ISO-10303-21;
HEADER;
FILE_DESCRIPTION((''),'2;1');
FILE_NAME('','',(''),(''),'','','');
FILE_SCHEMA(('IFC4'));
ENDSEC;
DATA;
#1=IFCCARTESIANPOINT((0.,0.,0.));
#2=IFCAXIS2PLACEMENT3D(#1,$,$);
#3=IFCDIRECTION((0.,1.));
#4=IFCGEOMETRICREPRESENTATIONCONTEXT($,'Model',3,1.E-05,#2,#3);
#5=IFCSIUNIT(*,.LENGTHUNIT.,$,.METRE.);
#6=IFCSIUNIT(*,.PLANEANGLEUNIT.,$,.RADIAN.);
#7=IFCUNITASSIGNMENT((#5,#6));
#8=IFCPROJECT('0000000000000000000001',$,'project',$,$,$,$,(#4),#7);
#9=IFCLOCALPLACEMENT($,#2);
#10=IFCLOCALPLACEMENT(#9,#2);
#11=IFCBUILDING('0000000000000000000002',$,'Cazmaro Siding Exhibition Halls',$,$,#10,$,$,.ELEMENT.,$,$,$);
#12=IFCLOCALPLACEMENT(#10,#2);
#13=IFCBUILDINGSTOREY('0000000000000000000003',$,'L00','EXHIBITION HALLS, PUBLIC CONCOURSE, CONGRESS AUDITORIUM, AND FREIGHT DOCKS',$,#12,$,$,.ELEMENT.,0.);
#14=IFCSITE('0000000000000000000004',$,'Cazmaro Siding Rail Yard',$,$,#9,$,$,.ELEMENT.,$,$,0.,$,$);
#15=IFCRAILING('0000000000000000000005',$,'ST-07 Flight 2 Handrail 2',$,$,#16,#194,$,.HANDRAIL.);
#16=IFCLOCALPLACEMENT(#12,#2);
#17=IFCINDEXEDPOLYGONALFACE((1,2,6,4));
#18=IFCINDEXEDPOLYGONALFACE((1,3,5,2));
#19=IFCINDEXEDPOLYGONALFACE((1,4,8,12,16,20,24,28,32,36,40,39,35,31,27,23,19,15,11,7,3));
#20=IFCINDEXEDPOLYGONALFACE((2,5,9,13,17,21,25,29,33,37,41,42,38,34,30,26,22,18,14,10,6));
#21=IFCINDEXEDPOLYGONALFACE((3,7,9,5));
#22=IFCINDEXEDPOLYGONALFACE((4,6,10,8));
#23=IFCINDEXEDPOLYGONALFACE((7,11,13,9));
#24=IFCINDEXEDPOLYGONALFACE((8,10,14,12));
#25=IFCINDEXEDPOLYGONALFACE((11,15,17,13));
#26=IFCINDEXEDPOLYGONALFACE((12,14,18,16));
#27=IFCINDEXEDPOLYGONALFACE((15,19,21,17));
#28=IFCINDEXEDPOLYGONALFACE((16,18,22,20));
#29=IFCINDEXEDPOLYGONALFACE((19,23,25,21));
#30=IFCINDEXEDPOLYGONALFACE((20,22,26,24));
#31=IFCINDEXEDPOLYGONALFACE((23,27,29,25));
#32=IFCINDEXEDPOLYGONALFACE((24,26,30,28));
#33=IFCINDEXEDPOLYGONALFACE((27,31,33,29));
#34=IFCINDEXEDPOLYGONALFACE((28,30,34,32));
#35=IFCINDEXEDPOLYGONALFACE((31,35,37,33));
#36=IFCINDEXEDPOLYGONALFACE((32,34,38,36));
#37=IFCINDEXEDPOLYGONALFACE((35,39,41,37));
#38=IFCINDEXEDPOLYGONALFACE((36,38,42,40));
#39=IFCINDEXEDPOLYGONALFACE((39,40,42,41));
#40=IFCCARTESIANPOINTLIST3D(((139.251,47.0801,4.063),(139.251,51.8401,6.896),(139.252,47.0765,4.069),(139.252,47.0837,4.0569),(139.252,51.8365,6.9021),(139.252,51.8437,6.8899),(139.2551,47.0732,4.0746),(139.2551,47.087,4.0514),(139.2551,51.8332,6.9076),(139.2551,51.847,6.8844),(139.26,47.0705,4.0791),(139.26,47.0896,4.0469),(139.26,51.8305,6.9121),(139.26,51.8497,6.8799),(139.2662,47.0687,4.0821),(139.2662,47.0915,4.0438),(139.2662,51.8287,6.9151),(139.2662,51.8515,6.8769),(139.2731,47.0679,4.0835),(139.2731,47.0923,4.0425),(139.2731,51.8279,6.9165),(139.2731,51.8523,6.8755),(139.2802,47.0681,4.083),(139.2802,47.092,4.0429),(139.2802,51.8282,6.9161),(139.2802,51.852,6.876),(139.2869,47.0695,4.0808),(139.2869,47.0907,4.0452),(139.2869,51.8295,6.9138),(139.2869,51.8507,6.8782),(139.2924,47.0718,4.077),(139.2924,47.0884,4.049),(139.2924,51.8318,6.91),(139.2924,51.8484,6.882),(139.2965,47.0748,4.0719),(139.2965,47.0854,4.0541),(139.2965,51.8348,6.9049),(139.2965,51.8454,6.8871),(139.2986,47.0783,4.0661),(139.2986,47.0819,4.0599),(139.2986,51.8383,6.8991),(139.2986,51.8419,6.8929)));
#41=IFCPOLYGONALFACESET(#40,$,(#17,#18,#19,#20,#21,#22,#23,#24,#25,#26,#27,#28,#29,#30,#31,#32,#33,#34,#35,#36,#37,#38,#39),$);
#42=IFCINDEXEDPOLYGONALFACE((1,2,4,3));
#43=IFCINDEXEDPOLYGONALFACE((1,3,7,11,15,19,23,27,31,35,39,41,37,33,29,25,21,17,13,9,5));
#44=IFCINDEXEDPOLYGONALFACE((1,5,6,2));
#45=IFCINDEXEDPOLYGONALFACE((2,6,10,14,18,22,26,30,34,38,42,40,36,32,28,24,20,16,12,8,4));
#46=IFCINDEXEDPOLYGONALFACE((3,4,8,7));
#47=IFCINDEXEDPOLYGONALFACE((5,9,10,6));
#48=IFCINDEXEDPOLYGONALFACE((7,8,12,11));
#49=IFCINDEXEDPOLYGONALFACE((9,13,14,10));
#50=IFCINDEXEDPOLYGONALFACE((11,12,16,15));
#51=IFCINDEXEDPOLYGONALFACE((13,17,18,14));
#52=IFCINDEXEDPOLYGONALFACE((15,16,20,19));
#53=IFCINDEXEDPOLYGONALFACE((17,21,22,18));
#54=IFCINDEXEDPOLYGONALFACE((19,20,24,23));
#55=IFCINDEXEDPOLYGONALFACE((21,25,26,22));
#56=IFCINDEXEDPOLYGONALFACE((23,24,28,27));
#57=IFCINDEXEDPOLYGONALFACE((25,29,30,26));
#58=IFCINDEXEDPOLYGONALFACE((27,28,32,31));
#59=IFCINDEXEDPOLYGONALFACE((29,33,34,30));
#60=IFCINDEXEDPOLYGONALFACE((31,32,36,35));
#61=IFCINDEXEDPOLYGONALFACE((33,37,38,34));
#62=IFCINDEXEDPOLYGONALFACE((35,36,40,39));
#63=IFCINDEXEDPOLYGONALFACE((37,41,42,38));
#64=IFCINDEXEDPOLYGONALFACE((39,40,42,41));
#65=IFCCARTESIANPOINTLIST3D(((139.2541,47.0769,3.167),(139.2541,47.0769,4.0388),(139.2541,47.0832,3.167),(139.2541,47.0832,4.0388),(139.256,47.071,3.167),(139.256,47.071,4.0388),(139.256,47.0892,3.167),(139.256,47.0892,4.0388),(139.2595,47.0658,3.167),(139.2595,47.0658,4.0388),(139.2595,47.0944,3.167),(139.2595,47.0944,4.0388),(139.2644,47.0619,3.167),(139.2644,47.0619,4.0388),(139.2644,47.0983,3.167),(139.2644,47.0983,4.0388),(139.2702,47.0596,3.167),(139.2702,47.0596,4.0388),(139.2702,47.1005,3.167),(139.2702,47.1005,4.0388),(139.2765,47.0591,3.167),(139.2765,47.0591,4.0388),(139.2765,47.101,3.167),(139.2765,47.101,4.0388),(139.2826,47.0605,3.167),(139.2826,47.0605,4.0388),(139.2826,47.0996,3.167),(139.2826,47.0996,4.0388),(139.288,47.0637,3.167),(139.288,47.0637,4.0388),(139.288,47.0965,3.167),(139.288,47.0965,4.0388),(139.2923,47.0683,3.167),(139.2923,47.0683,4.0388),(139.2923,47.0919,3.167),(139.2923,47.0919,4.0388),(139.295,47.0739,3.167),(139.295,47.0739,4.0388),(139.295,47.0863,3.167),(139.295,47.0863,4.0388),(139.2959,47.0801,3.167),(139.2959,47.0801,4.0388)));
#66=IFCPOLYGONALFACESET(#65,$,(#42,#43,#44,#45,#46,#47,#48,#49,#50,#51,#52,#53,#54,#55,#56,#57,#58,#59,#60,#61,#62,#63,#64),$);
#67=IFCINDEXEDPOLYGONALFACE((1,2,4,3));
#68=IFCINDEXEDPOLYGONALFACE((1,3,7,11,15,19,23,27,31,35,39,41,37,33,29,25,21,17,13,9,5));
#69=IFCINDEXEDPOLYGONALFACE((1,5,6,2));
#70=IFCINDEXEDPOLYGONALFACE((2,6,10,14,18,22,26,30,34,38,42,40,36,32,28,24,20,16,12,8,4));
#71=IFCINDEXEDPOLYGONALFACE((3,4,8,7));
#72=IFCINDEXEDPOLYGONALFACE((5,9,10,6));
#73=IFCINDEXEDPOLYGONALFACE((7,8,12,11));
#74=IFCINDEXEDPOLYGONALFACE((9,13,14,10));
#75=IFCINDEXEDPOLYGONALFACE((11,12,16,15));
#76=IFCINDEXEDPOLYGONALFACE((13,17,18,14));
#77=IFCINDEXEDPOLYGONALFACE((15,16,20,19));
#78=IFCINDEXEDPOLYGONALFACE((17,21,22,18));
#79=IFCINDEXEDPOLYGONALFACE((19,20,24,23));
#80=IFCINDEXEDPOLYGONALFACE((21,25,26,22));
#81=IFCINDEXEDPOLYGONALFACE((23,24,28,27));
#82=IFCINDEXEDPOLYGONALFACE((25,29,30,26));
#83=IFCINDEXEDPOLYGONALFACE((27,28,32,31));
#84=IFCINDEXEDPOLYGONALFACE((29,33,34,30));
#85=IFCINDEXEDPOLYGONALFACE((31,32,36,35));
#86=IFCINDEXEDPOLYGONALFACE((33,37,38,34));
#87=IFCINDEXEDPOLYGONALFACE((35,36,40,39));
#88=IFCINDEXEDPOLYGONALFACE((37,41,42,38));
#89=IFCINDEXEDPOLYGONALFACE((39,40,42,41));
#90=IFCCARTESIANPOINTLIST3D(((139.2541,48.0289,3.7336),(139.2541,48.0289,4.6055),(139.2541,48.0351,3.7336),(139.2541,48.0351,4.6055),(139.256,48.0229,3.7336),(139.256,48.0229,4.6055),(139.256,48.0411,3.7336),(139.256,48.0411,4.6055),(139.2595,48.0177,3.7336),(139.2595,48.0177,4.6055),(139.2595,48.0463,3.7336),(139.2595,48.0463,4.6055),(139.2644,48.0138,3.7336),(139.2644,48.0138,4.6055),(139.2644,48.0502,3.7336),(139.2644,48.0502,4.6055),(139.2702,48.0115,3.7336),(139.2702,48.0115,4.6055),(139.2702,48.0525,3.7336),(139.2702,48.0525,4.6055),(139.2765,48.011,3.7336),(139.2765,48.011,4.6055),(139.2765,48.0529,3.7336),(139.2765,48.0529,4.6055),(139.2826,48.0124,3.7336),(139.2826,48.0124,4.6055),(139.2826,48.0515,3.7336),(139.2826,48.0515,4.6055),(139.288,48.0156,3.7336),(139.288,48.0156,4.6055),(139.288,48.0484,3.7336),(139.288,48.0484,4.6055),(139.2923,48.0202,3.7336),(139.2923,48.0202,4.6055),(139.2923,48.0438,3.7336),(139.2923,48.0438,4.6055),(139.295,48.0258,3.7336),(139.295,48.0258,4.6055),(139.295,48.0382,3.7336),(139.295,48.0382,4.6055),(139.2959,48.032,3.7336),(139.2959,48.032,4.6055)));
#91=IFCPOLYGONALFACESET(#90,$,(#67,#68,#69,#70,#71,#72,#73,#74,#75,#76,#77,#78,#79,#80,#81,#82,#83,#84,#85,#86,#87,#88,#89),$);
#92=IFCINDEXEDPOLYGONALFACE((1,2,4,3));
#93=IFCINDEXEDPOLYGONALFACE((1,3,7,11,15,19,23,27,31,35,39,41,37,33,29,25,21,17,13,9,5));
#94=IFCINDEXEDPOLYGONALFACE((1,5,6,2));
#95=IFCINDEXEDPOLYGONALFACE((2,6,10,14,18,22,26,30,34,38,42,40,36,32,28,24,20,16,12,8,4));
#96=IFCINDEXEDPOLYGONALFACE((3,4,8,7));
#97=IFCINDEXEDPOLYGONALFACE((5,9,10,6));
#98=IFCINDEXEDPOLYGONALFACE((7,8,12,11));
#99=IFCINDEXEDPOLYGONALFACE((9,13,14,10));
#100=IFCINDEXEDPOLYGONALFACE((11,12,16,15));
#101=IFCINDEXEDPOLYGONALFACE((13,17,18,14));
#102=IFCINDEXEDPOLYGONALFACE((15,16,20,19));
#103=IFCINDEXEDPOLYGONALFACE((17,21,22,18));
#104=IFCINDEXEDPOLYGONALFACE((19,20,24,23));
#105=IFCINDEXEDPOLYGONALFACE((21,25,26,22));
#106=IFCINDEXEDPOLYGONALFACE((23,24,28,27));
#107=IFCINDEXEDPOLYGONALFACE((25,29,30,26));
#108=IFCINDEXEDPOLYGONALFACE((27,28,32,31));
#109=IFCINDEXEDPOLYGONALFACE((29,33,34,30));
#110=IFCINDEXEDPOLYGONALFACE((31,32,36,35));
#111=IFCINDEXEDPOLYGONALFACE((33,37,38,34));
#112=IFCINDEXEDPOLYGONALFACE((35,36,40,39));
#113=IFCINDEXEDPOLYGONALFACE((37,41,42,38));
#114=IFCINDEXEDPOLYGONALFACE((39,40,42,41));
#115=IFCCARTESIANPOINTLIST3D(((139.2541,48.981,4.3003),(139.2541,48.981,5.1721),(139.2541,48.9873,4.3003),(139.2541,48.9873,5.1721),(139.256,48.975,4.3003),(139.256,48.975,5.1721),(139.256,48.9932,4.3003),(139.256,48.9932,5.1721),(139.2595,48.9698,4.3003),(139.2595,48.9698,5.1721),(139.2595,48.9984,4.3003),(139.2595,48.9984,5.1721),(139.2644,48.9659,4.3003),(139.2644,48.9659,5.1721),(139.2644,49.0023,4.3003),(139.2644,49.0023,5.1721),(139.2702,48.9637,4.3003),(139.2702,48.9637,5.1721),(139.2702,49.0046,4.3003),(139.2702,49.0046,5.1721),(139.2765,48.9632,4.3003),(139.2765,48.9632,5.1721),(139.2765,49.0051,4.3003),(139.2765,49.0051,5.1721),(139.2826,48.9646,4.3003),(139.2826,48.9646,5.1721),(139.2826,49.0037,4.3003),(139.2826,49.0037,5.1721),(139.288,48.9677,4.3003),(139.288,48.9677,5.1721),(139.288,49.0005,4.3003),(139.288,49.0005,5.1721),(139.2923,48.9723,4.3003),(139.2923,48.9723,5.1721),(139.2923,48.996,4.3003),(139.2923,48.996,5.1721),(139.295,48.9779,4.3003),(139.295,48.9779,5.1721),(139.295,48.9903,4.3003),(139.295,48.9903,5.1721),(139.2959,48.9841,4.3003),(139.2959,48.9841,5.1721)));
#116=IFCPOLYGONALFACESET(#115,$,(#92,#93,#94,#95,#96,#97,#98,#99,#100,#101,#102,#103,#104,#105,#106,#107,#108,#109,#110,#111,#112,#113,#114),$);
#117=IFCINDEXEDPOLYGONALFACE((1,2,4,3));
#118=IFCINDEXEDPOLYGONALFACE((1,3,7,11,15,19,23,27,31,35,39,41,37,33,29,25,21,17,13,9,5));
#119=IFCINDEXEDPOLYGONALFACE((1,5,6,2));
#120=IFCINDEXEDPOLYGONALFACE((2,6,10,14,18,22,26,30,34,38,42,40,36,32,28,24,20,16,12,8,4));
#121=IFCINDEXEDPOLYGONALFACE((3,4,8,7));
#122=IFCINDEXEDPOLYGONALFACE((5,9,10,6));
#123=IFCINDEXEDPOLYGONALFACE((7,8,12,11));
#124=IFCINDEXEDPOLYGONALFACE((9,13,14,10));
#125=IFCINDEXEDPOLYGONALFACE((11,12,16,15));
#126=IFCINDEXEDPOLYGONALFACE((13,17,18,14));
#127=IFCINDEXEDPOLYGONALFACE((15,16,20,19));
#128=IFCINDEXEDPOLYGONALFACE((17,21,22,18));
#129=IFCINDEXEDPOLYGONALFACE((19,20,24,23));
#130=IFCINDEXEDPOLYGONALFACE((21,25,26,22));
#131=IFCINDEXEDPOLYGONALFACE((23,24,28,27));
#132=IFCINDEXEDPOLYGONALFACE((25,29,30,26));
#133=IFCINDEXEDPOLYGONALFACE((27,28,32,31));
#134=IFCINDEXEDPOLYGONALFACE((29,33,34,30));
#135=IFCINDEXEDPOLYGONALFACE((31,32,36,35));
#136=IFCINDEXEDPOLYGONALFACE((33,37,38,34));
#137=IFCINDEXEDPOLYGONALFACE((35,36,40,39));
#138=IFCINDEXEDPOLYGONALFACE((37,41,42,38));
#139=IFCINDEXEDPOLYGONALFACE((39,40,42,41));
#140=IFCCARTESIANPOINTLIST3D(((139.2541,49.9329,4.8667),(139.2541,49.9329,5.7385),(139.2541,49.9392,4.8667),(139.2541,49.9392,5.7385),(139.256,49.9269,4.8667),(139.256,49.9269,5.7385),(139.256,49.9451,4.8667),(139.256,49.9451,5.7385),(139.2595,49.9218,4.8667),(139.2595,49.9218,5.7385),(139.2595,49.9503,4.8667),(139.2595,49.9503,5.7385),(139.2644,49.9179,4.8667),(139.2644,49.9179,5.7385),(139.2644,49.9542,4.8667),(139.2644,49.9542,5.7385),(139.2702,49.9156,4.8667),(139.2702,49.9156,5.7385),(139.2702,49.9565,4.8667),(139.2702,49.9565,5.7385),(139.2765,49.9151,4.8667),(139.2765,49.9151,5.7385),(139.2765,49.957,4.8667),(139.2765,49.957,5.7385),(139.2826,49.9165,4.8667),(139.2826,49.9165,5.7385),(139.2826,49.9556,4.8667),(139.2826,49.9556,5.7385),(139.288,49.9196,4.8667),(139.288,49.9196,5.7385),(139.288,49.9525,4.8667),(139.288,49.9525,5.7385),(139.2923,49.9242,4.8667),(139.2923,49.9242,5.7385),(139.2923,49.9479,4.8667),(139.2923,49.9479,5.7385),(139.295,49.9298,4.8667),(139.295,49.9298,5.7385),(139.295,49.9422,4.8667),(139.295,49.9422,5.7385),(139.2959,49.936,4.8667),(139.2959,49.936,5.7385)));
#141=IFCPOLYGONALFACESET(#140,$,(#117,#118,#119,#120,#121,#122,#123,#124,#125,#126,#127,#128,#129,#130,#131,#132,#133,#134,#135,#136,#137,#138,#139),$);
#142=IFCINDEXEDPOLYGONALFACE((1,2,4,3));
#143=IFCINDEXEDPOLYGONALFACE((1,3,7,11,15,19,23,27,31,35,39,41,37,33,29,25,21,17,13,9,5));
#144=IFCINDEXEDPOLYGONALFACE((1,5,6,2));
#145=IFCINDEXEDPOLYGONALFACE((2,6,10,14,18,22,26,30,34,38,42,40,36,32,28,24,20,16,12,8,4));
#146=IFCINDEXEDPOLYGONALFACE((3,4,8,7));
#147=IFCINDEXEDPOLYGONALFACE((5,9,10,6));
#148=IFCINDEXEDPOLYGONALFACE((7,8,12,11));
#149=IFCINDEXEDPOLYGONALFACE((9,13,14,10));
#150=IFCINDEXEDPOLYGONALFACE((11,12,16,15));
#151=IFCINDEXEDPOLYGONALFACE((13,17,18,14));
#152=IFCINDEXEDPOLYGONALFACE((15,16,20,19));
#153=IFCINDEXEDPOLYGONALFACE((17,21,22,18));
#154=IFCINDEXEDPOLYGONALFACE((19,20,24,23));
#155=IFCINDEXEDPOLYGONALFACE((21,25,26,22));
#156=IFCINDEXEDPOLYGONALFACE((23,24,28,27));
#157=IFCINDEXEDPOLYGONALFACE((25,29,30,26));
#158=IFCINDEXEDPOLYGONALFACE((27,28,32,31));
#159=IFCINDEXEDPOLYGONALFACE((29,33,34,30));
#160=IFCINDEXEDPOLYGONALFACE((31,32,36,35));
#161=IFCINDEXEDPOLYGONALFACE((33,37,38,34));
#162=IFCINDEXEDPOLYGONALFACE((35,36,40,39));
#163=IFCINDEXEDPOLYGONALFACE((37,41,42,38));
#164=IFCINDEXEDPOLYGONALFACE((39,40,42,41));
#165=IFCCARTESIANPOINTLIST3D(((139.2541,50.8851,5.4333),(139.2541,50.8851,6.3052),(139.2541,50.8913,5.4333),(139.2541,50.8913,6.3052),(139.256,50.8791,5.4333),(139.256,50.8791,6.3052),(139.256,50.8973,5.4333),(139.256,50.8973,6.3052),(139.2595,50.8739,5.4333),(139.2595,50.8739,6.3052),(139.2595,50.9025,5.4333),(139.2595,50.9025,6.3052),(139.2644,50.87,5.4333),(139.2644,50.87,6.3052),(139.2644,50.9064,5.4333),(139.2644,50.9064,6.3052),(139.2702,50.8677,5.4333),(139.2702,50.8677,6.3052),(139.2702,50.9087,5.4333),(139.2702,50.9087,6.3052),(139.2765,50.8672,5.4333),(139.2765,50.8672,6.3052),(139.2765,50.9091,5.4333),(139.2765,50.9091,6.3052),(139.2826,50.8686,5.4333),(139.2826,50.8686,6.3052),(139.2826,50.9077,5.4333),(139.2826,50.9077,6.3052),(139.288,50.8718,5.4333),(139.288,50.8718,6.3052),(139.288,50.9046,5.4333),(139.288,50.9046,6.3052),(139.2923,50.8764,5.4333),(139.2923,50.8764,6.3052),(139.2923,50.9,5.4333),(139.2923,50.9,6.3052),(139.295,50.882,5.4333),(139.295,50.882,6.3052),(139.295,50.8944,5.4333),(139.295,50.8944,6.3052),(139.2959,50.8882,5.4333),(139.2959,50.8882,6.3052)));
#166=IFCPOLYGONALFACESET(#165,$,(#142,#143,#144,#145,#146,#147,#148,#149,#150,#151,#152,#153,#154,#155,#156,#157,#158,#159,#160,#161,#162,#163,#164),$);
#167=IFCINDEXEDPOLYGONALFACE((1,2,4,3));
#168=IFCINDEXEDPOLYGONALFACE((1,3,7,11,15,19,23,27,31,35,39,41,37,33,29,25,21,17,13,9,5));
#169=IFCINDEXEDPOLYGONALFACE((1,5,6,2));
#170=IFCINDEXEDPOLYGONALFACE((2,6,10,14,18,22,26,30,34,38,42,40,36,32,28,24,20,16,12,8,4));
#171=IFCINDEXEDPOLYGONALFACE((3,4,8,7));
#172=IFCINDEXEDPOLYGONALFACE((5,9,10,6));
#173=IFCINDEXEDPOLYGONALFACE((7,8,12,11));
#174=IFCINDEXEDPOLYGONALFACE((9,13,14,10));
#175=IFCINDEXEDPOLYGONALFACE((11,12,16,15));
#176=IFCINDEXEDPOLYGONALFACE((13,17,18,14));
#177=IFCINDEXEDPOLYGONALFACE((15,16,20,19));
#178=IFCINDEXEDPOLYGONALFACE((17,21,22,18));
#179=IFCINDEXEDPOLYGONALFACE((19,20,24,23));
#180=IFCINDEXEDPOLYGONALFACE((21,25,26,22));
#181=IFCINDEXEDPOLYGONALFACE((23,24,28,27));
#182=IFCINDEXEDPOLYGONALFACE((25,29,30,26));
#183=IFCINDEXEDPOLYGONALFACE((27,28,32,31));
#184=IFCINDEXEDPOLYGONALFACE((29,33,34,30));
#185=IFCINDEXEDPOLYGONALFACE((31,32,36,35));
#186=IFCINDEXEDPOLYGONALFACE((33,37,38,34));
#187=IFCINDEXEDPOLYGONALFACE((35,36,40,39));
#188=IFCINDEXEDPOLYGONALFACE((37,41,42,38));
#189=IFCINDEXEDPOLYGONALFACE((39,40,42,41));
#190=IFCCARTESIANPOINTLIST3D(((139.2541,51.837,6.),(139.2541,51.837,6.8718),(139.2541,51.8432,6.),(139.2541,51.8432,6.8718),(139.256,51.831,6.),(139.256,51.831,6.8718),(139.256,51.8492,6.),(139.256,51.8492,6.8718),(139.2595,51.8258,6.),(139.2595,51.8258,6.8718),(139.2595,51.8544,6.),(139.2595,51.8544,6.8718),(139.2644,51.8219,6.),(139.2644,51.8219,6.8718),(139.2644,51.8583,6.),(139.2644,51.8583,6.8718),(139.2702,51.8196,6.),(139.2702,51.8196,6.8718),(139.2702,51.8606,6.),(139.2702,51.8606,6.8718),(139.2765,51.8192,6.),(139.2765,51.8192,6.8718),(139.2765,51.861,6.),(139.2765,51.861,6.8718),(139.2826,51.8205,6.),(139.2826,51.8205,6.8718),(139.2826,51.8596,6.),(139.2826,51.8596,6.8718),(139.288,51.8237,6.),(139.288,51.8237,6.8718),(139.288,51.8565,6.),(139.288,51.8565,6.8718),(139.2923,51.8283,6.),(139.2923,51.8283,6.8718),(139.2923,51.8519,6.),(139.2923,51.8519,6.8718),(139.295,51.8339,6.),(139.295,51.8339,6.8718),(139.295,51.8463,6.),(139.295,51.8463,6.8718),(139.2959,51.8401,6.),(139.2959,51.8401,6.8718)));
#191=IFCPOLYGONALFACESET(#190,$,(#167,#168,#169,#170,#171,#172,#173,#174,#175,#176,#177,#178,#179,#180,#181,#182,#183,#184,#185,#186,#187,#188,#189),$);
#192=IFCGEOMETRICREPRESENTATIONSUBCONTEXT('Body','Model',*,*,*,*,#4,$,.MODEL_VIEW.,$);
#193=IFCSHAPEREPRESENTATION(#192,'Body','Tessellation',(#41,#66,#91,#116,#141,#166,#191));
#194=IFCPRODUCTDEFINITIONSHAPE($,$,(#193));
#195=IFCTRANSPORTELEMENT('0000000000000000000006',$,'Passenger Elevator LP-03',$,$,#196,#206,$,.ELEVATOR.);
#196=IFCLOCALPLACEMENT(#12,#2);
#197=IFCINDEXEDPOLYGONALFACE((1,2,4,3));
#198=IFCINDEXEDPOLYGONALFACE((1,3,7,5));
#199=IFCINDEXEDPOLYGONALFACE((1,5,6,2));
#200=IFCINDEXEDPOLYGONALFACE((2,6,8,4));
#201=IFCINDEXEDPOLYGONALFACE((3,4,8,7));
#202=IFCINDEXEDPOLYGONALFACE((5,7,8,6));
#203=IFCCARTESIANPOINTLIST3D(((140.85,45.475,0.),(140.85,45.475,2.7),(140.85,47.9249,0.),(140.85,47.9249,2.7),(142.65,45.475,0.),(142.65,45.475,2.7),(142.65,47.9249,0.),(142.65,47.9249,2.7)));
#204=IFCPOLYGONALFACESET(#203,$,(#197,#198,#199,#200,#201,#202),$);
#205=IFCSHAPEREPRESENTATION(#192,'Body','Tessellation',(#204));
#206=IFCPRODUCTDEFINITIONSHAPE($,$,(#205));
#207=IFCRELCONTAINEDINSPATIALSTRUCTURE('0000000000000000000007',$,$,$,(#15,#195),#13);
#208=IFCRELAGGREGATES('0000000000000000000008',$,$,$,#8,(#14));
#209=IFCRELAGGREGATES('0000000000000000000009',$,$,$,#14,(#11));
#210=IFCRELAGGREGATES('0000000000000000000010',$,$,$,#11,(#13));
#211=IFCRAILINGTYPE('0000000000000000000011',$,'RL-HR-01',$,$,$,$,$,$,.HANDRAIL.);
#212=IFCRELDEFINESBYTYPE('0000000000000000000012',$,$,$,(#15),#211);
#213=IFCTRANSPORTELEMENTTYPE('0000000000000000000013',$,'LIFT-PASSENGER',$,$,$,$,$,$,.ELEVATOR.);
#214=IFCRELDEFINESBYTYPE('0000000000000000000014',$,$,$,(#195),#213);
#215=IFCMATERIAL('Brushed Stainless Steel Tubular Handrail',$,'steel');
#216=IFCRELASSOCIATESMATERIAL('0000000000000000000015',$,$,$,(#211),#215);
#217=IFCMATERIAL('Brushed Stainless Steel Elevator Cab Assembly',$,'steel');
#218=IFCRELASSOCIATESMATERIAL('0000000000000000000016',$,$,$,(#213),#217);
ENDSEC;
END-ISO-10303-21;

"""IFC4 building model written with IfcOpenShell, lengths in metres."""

from ifc_helpers import new_model, si_unit, direction, frame, origin, origin_2d, place, context, subcontext, project, spatial, rectangle, circle, extrude, material, type_object, element, save


model = new_model("IFC4")

# Units and contexts
model_context = context("Model", 3, precision=1e-05, world=origin(), true_north=direction((0.0, 1.0)))
body_context = subcontext(model_context, "Body", "Model", "MODEL_VIEW")
ifc_project = project(units=[si_unit("LENGTHUNIT", "METRE"), si_unit("PLANEANGLEUNIT", "RADIAN")], contexts=[model_context])

# Site, building, storey
site_placement = place(None, origin())
site = spatial("IfcSite", under=ifc_project, at=site_placement, Name="Cazmaro Siding Rail Yard", CompositionType="ELEMENT", RefElevation=0.0)
building_placement = place(site_placement, origin())
building = spatial("IfcBuilding", under=site, at=building_placement, Name="Cazmaro Siding Exhibition Halls", CompositionType="ELEMENT")
storey_placement = place(building_placement, origin())
storey = spatial("IfcBuildingStorey", under=building, at=storey_placement, Name="L00", Description="EXHIBITION HALLS, PUBLIC CONCOURSE, CONGRESS AUDITORIUM, AND FREIGHT DOCKS", CompositionType="ELEMENT", Elevation=0.0)

# Railing
ifc_material_1 = material(Name="Brushed Stainless Steel Tubular Handrail", Category="steel")
railing_type_1 = type_object("IfcRailingType", Name="RL-HR-01", PredefinedType="HANDRAIL", material=ifc_material_1)
for number, where, name in (
    (1, (139.2749, 47.0801, 3.167), "ST-07 Flight 2 Handrail 2"),
):
    element("IfcRailing", number, at=place(storey_placement, frame(where)), inside=storey, type_object=railing_type_1, Name=name, PredefinedType="HANDRAIL", context=body_context, shape_type="SweptSolid", body=[
        extrude(circle(Radius=0.0239, at=origin_2d()), frame((0.0, 0.0, 0.896), z_axis=(0.0, 0.859319, 0.51144), x_axis=(-1.0, 0.0, 0.0)), (0.0, 0.0, 1.0), 5.5393),
        extrude(circle(Radius=0.021, at=origin_2d()), origin(), (0.0, 0.0, 1.0), 0.8718),
        extrude(circle(Radius=0.021, at=origin_2d()), frame((0.0, 0.9519, 0.5667)), (0.0, 0.0, 1.0), 0.8718),
        extrude(circle(Radius=0.021, at=origin_2d()), frame((0.0, 1.9041, 1.1333)), (0.0, 0.0, 1.0), 0.8718),
        extrude(circle(Radius=0.021, at=origin_2d()), frame((0.0, 2.856, 1.6997)), (0.0, 0.0, 1.0), 0.8718),
        extrude(circle(Radius=0.021, at=origin_2d()), frame((0.0, 3.8081, 2.2664)), (0.0, 0.0, 1.0), 0.8718),
        extrude(circle(Radius=0.021, at=origin_2d()), frame((0.0, 4.76, 2.833)), (0.0, 0.0, 1.0), 0.8718),
    ])

# Transport element
ifc_material_2 = material(Name="Brushed Stainless Steel Elevator Cab Assembly", Category="steel")
transport_element_type = type_object("IfcTransportElementType", Name="LIFT-PASSENGER", PredefinedType="ELEVATOR", material=ifc_material_2)
transport_element_placement = place(storey_placement, frame((141.75, 46.7, 0.0), z_axis=(0.0, 0.0, 1.0), x_axis=(1.0, 0.0, 0.0)))
element("IfcTransportElement", 2, at=transport_element_placement, inside=storey, type_object=transport_element_type, Name="Passenger Elevator LP-03", PredefinedType="ELEVATOR", context=body_context, shape_type="SweptSolid", body=[
    extrude(rectangle(XDim=1.8, YDim=2.45, at=origin_2d()), origin(), (0.0, 0.0, 1.0), 2.7),
])

save(model, "model.ifc")
